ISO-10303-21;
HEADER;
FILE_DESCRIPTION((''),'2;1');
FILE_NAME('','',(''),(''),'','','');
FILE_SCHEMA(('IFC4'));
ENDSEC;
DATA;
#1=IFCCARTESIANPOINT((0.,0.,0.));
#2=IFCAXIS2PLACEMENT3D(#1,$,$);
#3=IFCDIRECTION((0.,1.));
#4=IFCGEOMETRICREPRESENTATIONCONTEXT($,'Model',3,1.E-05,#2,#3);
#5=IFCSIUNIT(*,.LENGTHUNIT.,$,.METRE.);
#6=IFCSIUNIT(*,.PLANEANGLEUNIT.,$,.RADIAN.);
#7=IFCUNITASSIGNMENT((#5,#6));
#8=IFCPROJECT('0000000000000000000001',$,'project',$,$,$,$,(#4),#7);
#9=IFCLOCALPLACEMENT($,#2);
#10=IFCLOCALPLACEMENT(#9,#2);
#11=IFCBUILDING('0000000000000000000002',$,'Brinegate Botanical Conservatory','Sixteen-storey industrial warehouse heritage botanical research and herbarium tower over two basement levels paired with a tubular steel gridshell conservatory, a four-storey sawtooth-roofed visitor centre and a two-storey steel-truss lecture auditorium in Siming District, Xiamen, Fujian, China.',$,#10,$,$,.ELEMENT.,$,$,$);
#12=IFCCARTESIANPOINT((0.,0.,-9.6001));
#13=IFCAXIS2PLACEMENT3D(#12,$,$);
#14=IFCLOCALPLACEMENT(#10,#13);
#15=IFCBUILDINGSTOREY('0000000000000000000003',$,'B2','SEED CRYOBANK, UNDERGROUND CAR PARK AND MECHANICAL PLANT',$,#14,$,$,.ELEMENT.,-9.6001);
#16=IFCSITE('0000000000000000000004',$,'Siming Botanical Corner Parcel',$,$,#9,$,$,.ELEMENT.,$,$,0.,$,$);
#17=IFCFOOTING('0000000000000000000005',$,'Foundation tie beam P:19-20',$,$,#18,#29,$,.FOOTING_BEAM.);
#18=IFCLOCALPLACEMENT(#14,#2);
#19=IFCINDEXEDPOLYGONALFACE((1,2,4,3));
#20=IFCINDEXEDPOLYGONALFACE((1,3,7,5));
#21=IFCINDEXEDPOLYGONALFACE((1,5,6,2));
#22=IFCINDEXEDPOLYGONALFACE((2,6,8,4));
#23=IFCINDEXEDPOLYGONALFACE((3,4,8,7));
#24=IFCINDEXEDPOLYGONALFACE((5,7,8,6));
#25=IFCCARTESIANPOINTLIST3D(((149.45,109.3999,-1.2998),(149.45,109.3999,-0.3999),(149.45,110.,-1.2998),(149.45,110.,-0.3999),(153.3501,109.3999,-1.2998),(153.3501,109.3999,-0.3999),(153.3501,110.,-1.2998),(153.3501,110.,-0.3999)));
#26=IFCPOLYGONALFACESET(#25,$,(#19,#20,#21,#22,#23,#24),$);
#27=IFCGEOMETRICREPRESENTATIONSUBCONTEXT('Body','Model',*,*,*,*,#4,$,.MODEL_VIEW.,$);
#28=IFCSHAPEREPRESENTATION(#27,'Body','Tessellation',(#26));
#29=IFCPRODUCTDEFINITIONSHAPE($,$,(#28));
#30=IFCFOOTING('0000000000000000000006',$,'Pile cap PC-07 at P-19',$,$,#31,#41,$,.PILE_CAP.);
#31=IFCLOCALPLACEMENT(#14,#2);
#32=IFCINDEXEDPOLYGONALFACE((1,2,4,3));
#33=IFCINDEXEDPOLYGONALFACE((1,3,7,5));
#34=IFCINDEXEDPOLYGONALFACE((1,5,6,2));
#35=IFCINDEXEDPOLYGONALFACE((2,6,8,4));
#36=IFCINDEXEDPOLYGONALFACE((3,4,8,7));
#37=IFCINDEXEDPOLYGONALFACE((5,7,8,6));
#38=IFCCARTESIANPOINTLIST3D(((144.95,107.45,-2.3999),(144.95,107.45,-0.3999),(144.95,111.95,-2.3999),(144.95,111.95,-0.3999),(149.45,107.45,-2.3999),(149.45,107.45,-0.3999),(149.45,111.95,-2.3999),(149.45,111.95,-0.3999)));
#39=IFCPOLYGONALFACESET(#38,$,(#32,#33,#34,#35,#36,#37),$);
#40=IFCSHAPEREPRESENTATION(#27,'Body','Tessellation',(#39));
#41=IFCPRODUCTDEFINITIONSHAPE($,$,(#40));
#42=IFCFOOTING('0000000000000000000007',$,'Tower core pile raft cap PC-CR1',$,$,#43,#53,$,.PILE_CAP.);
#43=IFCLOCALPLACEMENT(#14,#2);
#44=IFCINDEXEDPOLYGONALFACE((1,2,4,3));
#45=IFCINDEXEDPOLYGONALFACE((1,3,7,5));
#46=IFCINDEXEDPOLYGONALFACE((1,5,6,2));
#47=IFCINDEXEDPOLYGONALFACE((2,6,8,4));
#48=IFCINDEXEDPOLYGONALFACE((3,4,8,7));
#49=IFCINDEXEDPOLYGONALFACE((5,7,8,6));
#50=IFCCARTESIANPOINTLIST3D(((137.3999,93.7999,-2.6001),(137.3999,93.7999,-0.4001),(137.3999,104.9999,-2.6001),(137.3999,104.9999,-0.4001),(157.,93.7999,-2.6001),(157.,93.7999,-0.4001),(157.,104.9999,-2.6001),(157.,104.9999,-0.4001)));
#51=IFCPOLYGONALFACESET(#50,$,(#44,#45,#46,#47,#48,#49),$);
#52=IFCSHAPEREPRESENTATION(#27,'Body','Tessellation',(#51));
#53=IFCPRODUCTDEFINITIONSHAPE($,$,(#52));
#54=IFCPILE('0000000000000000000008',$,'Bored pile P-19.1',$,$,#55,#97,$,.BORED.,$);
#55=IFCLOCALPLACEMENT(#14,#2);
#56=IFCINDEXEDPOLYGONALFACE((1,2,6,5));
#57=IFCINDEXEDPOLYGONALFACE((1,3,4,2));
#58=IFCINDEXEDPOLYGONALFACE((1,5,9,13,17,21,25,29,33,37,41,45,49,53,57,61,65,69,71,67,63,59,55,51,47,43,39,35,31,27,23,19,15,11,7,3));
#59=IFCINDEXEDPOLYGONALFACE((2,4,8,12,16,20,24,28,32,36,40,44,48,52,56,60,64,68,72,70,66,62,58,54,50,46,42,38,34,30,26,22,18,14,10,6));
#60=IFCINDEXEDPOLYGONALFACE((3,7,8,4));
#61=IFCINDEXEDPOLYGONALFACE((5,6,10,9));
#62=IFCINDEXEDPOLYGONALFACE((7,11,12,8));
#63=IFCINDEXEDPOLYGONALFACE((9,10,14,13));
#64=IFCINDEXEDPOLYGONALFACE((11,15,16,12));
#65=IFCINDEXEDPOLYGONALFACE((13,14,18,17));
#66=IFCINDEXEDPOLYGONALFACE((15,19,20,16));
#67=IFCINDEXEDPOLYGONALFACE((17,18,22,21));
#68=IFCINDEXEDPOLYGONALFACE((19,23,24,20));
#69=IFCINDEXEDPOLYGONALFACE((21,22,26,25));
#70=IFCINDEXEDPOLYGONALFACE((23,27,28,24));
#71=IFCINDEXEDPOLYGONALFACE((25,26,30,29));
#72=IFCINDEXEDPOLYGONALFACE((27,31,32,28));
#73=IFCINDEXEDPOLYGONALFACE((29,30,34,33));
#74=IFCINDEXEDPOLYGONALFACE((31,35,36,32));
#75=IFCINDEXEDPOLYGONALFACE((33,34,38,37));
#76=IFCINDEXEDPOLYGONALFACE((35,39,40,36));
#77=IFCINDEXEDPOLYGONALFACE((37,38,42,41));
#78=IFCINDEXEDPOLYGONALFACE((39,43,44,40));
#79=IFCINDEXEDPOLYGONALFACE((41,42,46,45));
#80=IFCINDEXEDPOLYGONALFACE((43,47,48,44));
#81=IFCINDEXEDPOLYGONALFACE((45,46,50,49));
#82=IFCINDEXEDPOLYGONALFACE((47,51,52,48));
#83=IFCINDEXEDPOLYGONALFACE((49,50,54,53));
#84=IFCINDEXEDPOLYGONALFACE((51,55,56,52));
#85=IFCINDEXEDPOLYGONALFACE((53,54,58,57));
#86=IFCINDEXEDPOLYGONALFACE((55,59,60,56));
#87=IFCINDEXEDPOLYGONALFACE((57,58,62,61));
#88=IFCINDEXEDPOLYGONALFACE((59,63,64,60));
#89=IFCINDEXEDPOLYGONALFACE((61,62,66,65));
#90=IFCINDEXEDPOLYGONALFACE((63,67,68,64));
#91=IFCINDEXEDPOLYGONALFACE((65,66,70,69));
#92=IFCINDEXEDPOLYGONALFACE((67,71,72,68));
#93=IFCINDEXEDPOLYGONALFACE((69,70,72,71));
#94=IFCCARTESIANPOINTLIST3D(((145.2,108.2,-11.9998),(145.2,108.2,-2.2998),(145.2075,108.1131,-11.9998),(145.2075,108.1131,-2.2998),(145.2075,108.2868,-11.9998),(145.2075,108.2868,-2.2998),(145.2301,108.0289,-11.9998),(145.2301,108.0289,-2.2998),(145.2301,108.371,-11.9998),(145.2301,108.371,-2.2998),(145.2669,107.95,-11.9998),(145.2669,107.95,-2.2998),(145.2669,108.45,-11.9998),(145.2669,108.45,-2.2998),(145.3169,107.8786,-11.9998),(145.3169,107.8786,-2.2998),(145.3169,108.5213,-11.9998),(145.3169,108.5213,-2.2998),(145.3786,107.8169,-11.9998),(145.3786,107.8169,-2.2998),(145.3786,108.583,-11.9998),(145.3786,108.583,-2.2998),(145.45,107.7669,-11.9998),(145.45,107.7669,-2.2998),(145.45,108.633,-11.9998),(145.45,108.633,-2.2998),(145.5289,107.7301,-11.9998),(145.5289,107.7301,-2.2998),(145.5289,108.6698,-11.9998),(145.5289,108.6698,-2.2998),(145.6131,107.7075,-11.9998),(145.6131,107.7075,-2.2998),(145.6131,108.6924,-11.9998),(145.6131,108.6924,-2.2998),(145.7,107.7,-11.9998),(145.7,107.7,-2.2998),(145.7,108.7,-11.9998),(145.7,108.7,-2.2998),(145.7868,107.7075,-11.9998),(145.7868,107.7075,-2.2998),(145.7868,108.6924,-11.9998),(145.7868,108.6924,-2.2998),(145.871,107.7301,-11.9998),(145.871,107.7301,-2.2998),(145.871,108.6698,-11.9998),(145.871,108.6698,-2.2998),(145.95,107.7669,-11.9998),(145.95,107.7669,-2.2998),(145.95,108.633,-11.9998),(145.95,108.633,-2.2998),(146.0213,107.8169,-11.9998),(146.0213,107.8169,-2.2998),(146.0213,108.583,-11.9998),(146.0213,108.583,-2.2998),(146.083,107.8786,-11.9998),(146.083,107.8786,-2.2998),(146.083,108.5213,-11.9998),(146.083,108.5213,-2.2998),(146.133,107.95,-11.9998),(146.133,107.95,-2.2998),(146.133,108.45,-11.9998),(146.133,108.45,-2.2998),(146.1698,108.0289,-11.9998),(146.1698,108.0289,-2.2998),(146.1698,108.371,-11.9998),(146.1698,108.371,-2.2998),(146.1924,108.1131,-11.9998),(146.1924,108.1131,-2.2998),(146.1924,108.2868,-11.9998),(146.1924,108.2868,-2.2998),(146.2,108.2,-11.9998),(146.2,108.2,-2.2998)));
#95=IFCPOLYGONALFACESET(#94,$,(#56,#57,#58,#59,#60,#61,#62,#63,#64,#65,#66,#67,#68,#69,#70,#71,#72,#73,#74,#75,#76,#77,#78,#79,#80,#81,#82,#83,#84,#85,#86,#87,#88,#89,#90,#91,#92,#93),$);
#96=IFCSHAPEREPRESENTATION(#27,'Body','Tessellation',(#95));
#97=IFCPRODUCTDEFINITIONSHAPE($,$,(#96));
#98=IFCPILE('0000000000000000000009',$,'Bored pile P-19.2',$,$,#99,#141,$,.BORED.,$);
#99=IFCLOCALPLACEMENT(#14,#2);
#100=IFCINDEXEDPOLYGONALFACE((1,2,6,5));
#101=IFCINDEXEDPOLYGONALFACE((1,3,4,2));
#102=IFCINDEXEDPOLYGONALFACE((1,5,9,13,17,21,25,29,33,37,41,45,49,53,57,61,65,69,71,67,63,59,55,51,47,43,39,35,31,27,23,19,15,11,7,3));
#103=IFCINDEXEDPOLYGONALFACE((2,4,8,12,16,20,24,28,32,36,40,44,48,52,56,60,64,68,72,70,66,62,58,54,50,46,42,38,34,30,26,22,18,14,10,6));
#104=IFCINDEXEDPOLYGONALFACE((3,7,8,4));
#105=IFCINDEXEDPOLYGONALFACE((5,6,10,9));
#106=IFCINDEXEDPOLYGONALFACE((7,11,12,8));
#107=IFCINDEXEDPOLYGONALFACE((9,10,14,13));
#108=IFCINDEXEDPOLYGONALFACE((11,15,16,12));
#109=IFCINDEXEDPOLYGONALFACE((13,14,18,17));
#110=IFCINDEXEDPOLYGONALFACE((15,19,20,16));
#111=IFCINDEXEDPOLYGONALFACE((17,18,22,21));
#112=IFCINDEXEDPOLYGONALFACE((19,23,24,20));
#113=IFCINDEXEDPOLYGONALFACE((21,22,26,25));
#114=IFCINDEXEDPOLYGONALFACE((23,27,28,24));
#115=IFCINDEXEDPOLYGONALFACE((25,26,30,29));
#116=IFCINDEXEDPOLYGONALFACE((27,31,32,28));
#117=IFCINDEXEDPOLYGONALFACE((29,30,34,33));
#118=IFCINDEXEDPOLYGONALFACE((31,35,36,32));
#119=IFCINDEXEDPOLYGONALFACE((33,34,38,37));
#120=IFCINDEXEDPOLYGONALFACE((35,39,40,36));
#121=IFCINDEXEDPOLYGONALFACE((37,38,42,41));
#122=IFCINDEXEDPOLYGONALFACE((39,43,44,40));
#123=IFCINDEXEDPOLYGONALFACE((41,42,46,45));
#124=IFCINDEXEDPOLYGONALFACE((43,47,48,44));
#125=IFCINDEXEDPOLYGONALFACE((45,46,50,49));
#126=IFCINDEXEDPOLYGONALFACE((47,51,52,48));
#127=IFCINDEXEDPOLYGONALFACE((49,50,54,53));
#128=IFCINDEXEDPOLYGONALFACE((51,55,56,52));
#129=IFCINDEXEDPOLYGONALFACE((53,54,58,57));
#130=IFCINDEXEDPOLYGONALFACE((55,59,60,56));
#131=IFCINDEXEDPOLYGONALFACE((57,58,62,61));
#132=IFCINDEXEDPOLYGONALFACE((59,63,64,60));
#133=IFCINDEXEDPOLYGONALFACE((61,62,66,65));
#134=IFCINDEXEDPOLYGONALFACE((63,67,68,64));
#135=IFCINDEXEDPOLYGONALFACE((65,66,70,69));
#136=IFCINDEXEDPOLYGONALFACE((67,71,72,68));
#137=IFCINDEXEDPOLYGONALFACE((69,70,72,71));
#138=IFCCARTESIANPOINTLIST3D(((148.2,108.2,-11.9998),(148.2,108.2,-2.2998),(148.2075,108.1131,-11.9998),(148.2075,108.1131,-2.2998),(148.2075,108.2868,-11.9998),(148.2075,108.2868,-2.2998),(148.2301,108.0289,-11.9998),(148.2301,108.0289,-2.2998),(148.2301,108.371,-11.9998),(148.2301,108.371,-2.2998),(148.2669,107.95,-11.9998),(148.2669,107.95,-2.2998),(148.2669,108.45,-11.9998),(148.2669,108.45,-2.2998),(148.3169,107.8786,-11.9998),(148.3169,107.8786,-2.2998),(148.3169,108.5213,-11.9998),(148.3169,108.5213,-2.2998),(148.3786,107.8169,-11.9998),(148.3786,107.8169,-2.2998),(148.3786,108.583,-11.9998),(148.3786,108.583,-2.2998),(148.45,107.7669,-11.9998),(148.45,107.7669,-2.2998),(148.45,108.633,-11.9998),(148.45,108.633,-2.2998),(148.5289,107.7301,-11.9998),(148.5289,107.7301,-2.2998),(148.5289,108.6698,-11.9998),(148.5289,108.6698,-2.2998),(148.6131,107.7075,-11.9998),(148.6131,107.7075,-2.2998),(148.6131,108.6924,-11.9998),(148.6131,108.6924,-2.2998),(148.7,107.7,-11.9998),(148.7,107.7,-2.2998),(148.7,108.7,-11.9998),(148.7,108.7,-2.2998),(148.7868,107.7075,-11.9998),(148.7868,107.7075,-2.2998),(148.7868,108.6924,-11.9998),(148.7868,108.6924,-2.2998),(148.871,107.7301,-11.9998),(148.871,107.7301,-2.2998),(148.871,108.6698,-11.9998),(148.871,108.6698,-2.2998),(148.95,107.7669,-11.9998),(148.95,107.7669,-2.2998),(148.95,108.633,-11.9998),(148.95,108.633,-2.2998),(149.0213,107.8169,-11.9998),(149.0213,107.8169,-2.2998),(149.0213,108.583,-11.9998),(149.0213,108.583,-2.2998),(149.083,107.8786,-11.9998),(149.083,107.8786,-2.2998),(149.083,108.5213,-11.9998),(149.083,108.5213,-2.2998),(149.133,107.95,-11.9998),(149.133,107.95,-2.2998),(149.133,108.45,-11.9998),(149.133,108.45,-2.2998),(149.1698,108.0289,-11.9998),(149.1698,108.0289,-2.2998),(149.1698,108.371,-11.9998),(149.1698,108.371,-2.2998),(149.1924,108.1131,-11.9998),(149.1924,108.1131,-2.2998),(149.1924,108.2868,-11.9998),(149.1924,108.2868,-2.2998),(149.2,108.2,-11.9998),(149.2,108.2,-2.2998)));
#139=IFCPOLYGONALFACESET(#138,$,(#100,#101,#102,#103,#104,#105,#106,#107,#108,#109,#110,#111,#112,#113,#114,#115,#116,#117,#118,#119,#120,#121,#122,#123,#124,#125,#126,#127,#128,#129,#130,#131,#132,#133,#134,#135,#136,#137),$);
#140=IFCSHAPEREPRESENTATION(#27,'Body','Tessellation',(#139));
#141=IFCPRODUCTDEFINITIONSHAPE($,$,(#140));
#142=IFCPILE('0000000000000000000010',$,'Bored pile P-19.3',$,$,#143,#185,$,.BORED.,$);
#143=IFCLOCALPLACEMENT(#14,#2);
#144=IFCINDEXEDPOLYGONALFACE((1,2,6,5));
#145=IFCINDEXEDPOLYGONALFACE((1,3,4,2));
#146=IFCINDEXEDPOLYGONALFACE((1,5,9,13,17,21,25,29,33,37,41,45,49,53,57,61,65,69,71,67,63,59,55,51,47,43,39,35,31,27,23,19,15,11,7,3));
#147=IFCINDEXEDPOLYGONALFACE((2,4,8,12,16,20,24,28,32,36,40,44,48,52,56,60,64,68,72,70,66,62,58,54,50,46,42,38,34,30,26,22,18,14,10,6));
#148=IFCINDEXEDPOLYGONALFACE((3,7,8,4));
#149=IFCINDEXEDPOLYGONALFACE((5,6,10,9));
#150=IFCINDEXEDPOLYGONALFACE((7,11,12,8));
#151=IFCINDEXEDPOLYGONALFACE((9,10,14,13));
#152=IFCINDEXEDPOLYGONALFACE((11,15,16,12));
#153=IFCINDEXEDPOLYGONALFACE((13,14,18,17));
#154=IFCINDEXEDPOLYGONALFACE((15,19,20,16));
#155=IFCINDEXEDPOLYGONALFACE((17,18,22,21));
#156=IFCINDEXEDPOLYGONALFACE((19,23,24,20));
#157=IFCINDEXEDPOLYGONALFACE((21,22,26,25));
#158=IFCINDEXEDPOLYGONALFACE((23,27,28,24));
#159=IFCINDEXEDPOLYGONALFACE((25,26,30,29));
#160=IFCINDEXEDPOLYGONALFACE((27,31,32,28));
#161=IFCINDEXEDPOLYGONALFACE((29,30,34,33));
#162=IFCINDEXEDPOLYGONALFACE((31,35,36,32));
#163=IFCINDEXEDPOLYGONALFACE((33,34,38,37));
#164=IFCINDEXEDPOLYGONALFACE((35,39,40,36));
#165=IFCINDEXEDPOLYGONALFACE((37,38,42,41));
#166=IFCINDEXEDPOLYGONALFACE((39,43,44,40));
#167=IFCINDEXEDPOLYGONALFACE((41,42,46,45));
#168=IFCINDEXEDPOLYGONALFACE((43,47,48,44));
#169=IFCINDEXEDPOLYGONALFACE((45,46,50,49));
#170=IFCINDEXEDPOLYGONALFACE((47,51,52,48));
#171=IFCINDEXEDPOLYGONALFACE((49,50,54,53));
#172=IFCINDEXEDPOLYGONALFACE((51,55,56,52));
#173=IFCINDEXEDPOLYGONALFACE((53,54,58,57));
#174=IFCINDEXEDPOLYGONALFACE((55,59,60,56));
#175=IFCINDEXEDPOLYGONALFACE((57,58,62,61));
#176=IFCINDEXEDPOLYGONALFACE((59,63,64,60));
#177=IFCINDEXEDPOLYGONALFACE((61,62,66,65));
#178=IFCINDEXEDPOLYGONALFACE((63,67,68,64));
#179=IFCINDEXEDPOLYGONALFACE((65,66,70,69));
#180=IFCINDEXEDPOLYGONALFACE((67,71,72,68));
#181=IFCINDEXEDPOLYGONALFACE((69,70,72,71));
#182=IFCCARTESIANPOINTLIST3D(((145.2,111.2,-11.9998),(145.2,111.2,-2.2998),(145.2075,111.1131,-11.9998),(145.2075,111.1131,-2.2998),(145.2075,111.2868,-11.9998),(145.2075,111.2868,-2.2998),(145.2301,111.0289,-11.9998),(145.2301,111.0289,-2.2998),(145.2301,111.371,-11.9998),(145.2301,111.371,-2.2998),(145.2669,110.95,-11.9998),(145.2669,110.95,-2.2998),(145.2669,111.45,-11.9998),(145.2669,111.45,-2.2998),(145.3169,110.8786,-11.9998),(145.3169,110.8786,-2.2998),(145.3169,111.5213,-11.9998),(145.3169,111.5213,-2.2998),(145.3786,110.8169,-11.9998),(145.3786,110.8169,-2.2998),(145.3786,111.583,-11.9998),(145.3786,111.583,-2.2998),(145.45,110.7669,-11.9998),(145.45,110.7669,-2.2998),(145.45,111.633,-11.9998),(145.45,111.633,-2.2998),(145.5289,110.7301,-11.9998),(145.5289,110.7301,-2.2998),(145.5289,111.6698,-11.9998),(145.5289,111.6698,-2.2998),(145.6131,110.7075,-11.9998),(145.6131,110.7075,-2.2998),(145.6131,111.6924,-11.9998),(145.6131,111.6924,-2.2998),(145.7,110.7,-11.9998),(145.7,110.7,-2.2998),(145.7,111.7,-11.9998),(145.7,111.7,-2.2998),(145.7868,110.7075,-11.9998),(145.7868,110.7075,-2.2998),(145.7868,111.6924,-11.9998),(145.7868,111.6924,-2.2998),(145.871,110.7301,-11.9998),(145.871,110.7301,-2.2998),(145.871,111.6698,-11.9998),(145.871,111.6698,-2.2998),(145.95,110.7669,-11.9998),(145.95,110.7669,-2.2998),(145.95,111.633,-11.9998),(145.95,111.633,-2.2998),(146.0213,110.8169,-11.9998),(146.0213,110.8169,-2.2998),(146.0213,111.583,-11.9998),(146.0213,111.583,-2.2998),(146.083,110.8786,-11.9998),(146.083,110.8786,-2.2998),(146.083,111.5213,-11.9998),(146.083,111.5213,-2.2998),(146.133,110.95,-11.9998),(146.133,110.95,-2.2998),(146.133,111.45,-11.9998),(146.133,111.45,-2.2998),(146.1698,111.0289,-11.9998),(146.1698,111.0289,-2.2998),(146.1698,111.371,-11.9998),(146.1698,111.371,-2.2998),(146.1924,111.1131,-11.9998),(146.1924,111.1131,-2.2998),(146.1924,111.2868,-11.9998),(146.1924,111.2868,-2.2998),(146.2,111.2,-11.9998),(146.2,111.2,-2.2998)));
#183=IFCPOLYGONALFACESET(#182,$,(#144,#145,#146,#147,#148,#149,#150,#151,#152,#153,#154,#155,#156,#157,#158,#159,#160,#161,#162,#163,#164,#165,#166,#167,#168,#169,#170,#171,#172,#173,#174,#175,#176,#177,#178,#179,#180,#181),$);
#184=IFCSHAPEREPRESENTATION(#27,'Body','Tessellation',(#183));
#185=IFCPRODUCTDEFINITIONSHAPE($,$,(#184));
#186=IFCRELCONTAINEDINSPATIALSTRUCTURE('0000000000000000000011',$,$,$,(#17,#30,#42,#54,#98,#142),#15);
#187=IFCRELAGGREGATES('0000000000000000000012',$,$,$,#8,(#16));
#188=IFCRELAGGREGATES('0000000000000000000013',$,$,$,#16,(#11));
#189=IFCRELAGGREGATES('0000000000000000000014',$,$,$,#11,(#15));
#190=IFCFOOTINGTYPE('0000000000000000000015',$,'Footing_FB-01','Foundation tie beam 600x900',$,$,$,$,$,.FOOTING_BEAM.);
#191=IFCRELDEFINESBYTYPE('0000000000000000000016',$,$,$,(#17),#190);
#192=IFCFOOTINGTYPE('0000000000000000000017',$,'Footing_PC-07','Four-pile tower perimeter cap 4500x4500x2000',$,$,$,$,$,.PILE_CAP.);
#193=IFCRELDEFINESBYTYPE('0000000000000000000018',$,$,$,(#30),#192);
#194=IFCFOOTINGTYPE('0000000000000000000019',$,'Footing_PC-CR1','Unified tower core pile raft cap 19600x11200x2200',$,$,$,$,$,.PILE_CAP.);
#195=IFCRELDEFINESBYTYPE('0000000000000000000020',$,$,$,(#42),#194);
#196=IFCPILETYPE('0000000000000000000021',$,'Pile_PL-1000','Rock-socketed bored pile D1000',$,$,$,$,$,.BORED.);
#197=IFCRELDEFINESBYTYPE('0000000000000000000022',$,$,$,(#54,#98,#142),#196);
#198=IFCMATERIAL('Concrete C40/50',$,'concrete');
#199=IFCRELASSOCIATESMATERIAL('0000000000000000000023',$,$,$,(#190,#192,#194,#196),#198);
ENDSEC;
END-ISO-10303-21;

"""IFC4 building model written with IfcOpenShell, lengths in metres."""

from ifc_helpers import new_model, si_unit, direction, frame, origin, origin_2d, place, context, subcontext, project, spatial, rectangle, circle, extrude, material, material_profile, profile_set, type_object, element, save


model = new_model("IFC4")

# Units and contexts
model_context = context("Model", 3, precision=1e-05, world=origin(), true_north=direction((0.0, 1.0)))
body_context = subcontext(model_context, "Body", "Model", "MODEL_VIEW")
ifc_project = project(units=[si_unit("LENGTHUNIT", "METRE"), si_unit("PLANEANGLEUNIT", "RADIAN")], contexts=[model_context])

# Site, building, storey
site_placement = place(None, origin())
site = spatial("IfcSite", under=ifc_project, at=site_placement, Name="Siming Botanical Corner Parcel", CompositionType="ELEMENT", RefElevation=0.0)
building_placement = place(site_placement, origin())
building = spatial("IfcBuilding", under=site, at=building_placement, Name="Brinegate Botanical Conservatory", Description="Sixteen-storey industrial warehouse heritage botanical research and herbarium tower over two basement levels paired with a tubular steel gridshell conservatory, a four-storey sawtooth-roofed visitor centre and a two-storey steel-truss lecture auditorium in Siming District, Xiamen, Fujian, China.", CompositionType="ELEMENT")
storey_placement = place(building_placement, frame((0.0, 0.0, -9.6001)))
storey = spatial("IfcBuildingStorey", under=building, at=storey_placement, Name="B2", Description="SEED CRYOBANK, UNDERGROUND CAR PARK AND MECHANICAL PLANT", CompositionType="ELEMENT", Elevation=-9.6001)

# Footings
ifc_material_1 = material(Name="Concrete C40/50", Category="concrete")
ifc_material_profile_1 = material_profile(ifc_material_1, rectangle(XDim=0.6001, YDim=0.8999, at=origin_2d()), Name="RC GB 600x900")
ifc_profile_set_1 = profile_set([ifc_material_profile_1], Name="Concrete C40/50")
footing_type_1 = type_object("IfcFootingType", Name="Footing_FB-01", Description="Foundation tie beam 600x900", PredefinedType="FOOTING_BEAM", material=ifc_profile_set_1)
footing_1_placement = place(storey_placement, frame((149.45, 109.7, -0.8499), z_axis=(1.0, 0.0, 0.0), x_axis=(0.0, 1.0, 0.0)))
element("IfcFooting", 1, at=footing_1_placement, inside=storey, type_object=footing_type_1, Name="Foundation tie beam P:19-20", PredefinedType="FOOTING_BEAM", context=body_context, shape_type="SweptSolid", body=[
    extrude(rectangle(XDim=0.6001, YDim=0.8999, at=origin_2d()), origin(), (0.0, 0.0, 1.0), 3.9001),
])
footing_type_2 = type_object("IfcFootingType", Name="Footing_PC-07", Description="Four-pile tower perimeter cap 4500x4500x2000", PredefinedType="PILE_CAP", material=ifc_material_1)
footing_2_placement = place(storey_placement, frame((147.2, 109.7, -2.3999), z_axis=(0.0, 0.0, 1.0), x_axis=(1.0, 0.0, 0.0)))
element("IfcFooting", 2, at=footing_2_placement, inside=storey, type_object=footing_type_2, Name="Pile cap PC-07 at P-19", PredefinedType="PILE_CAP", context=body_context, shape_type="SweptSolid", body=[
    extrude(rectangle(XDim=4.5, YDim=4.5, at=origin_2d()), origin(), (0.0, 0.0, 1.0), 2.0),
])
footing_type_3 = type_object("IfcFootingType", Name="Footing_PC-CR1", Description="Unified tower core pile raft cap 19600x11200x2200", PredefinedType="PILE_CAP", material=ifc_material_1)
footing_3_placement = place(storey_placement, frame((147.2, 99.3999, -2.6001), z_axis=(0.0, 0.0, 1.0), x_axis=(1.0, 0.0, 0.0)))
element("IfcFooting", 3, at=footing_3_placement, inside=storey, type_object=footing_type_3, Name="Tower core pile raft cap PC-CR1", PredefinedType="PILE_CAP", context=body_context, shape_type="SweptSolid", body=[
    extrude(rectangle(XDim=19.6001, YDim=11.2, at=origin_2d()), origin(), (0.0, 0.0, 1.0), 2.2),
])

# Piles
ifc_material_profile_2 = material_profile(ifc_material_1, circle(Radius=0.5, at=origin_2d()), Name="PILE D1000")
ifc_profile_set_2 = profile_set([ifc_material_profile_2], Name="Concrete C40/50")
pile_type_1 = type_object("IfcPileType", Name="Pile_PL-1000", Description="Rock-socketed bored pile D1000", PredefinedType="BORED", material=ifc_profile_set_2)
for number, where, z_axis, x_axis, name in (
    (4, (145.7, 108.2, -2.2998), (0.0, 0.0, -1.0), (1.0, 0.0, 0.0), "Bored pile P-19.1"),
    (5, (148.7, 108.2, -2.2998), (0.0, 0.0, -1.0), (1.0, 0.0, 0.0), "Bored pile P-19.2"),
    (6, (145.7, 111.2, -2.2998), (0.0, 0.0, -1.0), (1.0, 0.0, 0.0), "Bored pile P-19.3"),
):
    element("IfcPile", number, at=place(storey_placement, frame(where, z_axis=z_axis, x_axis=x_axis)), inside=storey, type_object=pile_type_1, Name=name, PredefinedType="BORED", context=body_context, shape_type="SweptSolid", body=[
        extrude(circle(Radius=0.5, at=origin_2d()), origin(), (0.0, 0.0, 1.0), 9.7),
    ])

save(model, "model.ifc")
